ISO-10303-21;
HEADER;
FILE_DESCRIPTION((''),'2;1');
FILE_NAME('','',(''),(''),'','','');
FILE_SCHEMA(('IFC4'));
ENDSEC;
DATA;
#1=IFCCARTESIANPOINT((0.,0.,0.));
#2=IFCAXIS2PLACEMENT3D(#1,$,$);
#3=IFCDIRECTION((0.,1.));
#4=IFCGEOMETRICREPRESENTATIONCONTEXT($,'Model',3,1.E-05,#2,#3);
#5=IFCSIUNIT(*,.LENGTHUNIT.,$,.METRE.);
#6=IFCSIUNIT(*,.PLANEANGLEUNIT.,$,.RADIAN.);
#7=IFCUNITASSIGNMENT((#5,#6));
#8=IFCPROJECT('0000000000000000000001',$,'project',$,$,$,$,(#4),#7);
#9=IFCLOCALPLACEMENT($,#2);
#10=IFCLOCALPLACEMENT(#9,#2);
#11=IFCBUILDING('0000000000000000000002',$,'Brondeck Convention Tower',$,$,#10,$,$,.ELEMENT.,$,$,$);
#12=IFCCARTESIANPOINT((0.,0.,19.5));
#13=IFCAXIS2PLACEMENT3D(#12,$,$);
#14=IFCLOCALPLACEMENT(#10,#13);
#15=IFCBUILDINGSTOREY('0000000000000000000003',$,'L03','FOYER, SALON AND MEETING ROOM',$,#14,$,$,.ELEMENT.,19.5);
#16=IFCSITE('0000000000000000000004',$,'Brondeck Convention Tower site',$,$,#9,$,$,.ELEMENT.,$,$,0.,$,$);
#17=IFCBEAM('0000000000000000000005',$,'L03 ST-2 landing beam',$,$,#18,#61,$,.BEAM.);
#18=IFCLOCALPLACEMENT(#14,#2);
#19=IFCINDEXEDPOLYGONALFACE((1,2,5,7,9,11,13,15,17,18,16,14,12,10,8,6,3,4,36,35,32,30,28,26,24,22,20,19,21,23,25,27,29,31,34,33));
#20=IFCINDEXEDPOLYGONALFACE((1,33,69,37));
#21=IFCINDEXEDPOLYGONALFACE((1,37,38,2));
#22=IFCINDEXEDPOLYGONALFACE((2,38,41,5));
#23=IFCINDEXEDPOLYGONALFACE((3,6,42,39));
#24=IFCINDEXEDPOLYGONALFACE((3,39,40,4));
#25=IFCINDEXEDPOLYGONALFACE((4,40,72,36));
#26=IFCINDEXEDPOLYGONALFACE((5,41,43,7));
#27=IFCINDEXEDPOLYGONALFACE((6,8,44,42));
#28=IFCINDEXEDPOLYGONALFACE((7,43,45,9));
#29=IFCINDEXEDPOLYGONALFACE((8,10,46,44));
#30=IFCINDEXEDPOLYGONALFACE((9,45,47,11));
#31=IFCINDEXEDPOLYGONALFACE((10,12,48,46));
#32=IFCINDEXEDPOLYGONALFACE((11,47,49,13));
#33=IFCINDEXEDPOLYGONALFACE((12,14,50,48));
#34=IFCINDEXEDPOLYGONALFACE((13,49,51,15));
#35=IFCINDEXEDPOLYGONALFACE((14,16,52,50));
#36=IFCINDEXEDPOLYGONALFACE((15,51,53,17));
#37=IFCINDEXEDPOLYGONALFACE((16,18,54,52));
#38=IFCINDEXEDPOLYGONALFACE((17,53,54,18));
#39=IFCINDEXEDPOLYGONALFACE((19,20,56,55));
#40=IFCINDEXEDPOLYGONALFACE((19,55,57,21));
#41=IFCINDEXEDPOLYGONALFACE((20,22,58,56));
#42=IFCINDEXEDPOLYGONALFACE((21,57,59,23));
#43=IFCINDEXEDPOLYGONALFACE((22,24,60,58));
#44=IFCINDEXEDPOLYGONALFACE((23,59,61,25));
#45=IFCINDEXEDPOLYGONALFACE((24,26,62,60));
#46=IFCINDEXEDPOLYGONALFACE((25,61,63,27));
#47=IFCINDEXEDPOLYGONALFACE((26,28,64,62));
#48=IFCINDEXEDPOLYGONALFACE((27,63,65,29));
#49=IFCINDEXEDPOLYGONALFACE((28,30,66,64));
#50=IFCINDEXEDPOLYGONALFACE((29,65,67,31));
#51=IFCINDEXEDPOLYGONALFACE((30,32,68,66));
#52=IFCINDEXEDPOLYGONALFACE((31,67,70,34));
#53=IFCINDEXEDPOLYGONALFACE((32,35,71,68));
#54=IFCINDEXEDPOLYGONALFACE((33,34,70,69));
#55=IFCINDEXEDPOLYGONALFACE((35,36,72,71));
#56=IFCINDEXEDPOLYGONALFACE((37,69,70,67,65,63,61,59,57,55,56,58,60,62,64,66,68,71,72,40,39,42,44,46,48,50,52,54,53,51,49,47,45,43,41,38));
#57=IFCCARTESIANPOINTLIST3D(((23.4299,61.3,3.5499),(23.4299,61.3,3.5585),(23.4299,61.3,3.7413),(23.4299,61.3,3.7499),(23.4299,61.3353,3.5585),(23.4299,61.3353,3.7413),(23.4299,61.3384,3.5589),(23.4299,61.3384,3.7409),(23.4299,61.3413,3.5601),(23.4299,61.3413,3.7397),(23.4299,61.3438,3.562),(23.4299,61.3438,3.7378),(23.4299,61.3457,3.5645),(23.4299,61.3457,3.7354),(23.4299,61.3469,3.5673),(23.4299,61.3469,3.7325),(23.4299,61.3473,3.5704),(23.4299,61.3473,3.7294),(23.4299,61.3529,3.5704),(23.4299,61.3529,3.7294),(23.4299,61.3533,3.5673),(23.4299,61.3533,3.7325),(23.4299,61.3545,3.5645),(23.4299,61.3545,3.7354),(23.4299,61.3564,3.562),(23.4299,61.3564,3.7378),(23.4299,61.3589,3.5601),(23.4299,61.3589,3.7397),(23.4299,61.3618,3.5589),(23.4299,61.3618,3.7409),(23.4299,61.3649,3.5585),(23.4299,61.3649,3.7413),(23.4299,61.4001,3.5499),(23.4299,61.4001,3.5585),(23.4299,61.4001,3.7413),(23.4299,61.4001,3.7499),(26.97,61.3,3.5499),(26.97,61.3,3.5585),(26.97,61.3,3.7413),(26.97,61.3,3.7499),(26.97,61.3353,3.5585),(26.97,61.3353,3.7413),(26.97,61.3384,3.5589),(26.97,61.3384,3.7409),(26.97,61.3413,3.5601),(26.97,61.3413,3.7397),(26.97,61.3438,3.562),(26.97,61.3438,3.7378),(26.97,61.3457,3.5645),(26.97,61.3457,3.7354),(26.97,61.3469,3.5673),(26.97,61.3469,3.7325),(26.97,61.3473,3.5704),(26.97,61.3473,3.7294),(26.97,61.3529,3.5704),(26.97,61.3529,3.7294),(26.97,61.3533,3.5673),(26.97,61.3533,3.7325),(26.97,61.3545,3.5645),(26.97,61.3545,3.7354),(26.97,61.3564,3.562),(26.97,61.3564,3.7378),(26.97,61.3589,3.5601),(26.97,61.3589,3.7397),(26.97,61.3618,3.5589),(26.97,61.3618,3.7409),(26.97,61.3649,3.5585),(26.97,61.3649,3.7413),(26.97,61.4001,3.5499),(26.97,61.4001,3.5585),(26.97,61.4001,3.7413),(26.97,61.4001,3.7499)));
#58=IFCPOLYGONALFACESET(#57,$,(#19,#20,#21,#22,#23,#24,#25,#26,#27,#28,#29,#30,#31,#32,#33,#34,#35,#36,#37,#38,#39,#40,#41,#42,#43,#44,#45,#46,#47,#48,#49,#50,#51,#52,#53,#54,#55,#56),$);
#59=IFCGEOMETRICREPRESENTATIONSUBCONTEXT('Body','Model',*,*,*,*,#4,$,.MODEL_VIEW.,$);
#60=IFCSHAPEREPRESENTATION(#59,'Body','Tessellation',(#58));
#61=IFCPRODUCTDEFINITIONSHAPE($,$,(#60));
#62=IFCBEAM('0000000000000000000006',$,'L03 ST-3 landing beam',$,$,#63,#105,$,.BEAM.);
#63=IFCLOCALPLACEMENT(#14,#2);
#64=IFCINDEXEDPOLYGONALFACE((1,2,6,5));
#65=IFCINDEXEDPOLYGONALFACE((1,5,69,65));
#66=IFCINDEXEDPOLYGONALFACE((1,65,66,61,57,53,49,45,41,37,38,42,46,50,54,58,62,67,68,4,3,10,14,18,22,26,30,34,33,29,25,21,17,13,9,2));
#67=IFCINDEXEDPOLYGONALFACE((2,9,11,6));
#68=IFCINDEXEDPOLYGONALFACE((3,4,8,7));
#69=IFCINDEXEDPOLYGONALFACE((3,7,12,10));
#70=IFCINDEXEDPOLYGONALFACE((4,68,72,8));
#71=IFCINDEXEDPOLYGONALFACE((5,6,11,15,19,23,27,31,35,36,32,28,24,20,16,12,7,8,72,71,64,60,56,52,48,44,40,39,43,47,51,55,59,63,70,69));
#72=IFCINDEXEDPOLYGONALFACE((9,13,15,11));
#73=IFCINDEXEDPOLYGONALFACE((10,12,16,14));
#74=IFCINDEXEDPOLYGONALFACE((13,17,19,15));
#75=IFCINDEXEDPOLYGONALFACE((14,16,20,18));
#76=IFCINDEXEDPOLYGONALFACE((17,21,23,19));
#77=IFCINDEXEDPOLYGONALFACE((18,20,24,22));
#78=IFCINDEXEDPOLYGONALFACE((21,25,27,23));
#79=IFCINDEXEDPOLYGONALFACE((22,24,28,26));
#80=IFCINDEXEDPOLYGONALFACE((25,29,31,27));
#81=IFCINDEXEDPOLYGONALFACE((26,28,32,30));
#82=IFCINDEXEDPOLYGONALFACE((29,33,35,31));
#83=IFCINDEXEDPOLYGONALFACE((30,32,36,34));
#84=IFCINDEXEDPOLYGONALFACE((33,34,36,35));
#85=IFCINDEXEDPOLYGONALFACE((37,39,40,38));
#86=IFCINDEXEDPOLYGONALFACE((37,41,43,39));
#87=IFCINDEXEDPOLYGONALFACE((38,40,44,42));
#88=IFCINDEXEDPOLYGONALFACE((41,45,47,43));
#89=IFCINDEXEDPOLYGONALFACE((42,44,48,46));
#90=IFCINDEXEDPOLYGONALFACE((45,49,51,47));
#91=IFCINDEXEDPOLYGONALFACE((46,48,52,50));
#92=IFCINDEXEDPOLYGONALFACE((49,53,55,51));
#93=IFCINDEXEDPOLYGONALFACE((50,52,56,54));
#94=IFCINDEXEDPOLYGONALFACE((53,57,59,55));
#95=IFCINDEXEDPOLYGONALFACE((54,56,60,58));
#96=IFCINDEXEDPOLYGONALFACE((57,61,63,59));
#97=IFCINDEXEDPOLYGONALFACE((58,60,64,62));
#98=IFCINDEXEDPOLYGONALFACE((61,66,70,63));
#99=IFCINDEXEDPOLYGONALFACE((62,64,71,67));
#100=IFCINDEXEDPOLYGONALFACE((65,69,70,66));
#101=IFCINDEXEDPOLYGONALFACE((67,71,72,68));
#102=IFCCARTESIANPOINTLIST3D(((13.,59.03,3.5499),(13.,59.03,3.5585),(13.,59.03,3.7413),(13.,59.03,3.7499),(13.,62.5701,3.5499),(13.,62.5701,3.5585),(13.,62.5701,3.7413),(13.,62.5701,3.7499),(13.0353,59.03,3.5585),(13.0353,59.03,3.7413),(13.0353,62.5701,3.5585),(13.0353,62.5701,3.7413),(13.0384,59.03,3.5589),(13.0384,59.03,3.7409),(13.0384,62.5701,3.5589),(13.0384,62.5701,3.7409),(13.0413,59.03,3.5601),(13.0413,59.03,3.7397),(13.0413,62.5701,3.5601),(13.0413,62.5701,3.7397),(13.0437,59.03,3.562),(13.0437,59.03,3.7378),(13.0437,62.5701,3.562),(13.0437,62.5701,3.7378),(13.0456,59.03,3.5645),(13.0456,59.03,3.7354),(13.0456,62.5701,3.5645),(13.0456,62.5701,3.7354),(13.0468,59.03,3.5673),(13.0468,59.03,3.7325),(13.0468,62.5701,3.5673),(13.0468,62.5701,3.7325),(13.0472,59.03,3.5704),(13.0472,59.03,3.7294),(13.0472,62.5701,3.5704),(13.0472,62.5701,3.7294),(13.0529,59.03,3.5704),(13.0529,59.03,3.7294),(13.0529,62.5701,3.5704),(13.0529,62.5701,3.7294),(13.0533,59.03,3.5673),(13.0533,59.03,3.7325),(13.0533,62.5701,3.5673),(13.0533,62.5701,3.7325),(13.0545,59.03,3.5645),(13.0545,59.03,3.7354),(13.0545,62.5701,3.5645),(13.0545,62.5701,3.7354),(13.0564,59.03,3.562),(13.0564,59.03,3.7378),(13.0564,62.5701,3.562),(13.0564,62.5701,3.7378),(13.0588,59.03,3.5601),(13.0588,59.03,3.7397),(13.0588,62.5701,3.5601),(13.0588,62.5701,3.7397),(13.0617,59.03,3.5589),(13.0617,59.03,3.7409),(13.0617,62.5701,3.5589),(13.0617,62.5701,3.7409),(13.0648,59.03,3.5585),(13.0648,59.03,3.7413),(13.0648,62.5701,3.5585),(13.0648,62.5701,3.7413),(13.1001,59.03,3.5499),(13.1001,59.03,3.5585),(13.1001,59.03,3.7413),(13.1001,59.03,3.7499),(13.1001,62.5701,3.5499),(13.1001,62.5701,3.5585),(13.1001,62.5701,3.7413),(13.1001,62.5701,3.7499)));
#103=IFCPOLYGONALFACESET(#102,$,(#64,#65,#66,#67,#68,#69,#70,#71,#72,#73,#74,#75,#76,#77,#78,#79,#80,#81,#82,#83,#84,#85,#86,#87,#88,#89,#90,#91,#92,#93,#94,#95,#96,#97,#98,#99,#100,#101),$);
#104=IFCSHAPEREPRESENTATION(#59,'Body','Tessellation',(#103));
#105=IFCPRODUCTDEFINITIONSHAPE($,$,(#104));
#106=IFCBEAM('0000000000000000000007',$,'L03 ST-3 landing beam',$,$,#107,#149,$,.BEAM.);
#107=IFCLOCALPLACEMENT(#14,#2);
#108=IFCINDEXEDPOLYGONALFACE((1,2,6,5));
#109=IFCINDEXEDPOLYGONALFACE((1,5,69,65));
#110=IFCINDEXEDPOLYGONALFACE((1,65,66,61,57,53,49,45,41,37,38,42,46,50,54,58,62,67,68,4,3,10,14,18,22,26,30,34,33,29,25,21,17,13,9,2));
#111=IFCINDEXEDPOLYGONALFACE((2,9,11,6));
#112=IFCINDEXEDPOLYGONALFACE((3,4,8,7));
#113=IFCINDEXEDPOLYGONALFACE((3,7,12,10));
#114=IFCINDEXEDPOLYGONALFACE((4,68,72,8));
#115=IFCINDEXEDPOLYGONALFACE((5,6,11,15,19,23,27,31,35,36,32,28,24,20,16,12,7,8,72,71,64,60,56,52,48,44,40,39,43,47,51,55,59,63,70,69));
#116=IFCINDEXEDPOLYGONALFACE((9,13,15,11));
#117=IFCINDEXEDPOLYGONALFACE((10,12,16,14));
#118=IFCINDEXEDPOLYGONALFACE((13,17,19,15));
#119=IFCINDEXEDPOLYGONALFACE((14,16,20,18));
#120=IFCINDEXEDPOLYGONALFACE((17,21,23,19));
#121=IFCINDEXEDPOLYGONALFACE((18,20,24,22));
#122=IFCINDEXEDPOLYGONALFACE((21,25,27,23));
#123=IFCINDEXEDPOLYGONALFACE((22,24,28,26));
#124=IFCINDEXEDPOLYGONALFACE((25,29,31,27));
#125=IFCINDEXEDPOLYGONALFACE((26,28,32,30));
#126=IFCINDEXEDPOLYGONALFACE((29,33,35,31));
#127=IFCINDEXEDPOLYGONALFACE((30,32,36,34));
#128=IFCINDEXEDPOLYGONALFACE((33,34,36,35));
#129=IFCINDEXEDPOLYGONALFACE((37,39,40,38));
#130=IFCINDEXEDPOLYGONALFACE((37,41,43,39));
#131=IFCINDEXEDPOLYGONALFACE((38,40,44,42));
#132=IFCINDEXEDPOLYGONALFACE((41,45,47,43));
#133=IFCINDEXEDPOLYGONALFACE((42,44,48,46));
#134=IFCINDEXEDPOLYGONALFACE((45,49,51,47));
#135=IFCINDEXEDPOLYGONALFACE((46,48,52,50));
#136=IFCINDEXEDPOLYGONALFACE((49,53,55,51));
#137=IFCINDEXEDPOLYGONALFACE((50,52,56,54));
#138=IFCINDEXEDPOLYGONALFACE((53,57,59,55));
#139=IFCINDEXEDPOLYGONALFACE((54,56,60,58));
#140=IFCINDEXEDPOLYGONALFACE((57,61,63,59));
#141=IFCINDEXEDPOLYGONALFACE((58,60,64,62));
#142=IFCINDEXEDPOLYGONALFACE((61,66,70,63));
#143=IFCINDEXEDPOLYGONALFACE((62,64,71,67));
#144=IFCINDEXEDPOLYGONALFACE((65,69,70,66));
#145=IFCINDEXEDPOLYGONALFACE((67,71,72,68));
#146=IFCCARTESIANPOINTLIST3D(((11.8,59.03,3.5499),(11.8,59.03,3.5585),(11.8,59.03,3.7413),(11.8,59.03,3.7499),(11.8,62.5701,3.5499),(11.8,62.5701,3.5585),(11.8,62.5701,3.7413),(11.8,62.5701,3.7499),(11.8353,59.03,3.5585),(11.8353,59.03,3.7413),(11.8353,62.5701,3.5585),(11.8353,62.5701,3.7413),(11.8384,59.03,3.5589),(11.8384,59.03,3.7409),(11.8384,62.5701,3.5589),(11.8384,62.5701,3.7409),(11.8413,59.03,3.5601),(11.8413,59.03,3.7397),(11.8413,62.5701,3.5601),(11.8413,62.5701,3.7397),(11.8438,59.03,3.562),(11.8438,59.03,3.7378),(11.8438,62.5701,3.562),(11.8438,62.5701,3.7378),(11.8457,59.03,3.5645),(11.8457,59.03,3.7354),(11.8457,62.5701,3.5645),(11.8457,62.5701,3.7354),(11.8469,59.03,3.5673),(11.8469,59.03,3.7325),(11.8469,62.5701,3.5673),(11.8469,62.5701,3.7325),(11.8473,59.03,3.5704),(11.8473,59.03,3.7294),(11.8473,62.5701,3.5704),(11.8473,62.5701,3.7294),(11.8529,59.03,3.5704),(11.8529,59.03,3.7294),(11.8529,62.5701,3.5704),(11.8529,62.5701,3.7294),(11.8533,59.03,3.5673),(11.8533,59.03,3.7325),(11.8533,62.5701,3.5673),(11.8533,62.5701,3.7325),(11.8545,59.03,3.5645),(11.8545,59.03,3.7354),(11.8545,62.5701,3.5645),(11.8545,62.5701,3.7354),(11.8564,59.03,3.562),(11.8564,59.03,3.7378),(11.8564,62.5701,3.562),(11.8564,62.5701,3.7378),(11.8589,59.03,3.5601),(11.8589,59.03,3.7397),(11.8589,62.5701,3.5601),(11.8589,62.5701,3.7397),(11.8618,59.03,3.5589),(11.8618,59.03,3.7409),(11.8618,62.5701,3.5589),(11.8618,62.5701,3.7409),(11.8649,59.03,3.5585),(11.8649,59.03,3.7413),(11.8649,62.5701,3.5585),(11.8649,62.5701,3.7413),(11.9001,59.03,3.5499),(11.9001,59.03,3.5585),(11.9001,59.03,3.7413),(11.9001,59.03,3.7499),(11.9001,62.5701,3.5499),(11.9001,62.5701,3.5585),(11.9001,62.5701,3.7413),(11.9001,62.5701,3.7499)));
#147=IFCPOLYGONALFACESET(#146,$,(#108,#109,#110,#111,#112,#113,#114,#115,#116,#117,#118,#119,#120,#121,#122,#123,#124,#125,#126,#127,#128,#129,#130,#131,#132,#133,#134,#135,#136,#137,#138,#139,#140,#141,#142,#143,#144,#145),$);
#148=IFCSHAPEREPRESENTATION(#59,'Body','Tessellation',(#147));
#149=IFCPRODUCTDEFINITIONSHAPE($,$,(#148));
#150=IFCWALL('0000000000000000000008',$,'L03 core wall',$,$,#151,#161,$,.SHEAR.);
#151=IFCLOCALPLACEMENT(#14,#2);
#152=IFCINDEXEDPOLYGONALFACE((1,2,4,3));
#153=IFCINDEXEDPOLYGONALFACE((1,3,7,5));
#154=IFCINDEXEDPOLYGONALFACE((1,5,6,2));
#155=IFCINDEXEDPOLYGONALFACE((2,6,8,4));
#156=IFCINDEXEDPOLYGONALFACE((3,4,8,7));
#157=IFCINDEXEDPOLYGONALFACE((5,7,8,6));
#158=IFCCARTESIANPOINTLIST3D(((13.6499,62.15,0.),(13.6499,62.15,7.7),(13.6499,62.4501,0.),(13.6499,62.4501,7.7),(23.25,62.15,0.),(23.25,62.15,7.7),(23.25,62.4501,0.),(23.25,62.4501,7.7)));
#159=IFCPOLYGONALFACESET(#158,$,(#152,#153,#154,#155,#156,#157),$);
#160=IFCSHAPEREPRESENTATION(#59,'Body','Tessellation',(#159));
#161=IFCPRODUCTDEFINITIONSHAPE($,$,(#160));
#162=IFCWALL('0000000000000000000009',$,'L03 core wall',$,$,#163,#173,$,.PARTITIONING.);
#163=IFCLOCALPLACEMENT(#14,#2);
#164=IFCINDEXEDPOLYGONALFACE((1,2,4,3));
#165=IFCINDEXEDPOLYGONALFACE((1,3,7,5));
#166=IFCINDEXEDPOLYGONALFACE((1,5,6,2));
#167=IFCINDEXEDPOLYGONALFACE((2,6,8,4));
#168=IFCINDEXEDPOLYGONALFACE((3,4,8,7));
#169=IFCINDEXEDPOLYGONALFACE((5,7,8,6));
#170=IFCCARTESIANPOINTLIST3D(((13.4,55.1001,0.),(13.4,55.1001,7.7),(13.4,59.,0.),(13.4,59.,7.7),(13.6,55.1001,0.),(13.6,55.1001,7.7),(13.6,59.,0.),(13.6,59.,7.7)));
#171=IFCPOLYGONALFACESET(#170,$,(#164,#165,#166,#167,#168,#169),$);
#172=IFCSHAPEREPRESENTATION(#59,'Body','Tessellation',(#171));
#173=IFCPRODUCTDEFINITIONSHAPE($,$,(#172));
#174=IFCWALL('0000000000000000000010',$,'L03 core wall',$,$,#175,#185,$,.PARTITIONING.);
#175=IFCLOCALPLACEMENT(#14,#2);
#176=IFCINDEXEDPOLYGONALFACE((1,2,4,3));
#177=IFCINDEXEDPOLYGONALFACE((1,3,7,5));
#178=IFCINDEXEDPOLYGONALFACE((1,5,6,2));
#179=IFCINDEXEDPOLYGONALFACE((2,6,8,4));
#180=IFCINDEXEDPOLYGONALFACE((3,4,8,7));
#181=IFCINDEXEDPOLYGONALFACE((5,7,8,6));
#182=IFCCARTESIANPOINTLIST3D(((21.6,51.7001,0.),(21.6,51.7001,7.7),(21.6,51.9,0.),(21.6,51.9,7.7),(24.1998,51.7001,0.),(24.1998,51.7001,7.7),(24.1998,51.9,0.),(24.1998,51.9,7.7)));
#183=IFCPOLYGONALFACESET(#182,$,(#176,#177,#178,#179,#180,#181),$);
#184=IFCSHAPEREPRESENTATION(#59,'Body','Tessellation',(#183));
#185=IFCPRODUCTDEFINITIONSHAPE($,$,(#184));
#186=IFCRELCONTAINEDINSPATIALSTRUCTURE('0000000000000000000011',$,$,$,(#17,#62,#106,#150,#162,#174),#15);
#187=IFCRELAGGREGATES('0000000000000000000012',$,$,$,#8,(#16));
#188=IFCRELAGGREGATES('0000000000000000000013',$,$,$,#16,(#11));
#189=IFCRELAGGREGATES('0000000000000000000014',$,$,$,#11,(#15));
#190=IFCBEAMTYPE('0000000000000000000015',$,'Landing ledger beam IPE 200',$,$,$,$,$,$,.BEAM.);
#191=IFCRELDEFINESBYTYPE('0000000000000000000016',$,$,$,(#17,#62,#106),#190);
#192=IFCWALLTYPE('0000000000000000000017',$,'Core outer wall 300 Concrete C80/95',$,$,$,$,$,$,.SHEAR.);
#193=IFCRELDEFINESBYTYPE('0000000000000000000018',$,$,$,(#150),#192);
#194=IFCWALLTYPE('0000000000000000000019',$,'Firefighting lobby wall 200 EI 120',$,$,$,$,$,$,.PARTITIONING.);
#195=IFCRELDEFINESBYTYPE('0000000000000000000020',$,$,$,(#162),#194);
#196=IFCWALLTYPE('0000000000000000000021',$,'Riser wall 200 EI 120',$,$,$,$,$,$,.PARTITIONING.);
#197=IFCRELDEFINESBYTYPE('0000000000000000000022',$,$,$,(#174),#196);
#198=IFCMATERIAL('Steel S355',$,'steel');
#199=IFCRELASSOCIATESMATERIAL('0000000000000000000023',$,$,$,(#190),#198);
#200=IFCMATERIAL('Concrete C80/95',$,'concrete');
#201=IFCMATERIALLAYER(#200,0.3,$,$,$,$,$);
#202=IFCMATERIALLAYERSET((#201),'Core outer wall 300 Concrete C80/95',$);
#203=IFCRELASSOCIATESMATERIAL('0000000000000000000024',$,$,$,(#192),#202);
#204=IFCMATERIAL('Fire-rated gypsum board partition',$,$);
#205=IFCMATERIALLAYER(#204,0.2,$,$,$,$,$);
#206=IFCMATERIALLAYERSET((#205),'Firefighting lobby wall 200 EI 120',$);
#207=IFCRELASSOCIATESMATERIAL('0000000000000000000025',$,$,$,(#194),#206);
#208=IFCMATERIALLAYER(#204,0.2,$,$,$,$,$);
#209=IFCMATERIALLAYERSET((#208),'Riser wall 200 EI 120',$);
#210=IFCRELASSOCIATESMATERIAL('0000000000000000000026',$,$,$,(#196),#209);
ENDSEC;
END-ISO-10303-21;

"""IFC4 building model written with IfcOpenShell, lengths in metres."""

from ifc_helpers import new_model, si_unit, direction, frame, frame_2d, origin, origin_2d, place, context, subcontext, project, spatial, rectangle, i_section, extrude, material, layer, layer_set, material_profile, profile_set, type_object, element, save


model = new_model("IFC4")

# Units and contexts
model_context = context("Model", 3, precision=1e-05, world=origin(), true_north=direction((0.0, 1.0)))
body_context = subcontext(model_context, "Body", "Model", "MODEL_VIEW")
ifc_project = project(units=[si_unit("LENGTHUNIT", "METRE"), si_unit("PLANEANGLEUNIT", "RADIAN")], contexts=[model_context])

# Site, building, storey
site_placement = place(None, origin())
site = spatial("IfcSite", under=ifc_project, at=site_placement, Name="Brondeck Convention Tower site", CompositionType="ELEMENT", RefElevation=0.0)
building_placement = place(site_placement, origin())
building = spatial("IfcBuilding", under=site, at=building_placement, Name="Brondeck Convention Tower", CompositionType="ELEMENT")
storey_placement = place(building_placement, frame((0.0, 0.0, 19.5)))
storey = spatial("IfcBuildingStorey", under=building, at=storey_placement, Name="L03", Description="FOYER, SALON AND MEETING ROOM", CompositionType="ELEMENT", Elevation=19.5)

# Shared definitions
ifc_material_1 = material(Name="Concrete C80/95", Category="concrete")

# Beams
ifc_material_2 = material(Name="Steel S355", Category="steel")
ifc_material_profile_1 = material_profile(ifc_material_2, i_section(OverallWidth=0.1001, OverallDepth=0.2, WebThickness=0.0056, FlangeThickness=0.0085, FilletRadius=0.012, at=origin_2d()), Name="IPE200")
ifc_profile_set_1 = profile_set([ifc_material_profile_1], Name="Steel S355")
beam_type_1 = type_object("IfcBeamType", Name="Landing ledger beam IPE 200", PredefinedType="BEAM", material=ifc_profile_set_1)
for number, where, z_axis, x_axis, name in (
    (1, (23.4299, 61.3501, 3.6499), (1.0, 0.0, 0.0), (0.0, 1.0, 0.0), "L03 ST-2 landing beam"),
    (2, (13.05, 62.5701, 3.6499), (0.0, -1.0, 0.0), (1.0, 0.0, 0.0), "L03 ST-3 landing beam"),
    (3, (11.8501, 62.5701, 3.6499), (0.0, -1.0, 0.0), (1.0, 0.0, 0.0), "L03 ST-3 landing beam"),
):
    element("IfcBeam", number, at=place(storey_placement, frame(where, z_axis=z_axis, x_axis=x_axis)), inside=storey, type_object=beam_type_1, Name=name, PredefinedType="BEAM", context=body_context, shape_type="SweptSolid", body=[
        extrude(i_section(OverallWidth=0.1001, OverallDepth=0.2, WebThickness=0.0056, FlangeThickness=0.0085, FilletRadius=0.012, at=origin_2d()), origin(), (0.0, 0.0, 1.0), 3.54),
    ])

# Walls
ifc_layer_1 = layer(ifc_material_1, 0.3)
ifc_layer_set_1 = layer_set([ifc_layer_1], Name="Core outer wall 300 Concrete C80/95")
wall_type_1 = type_object("IfcWallType", Name="Core outer wall 300 Concrete C80/95", PredefinedType="SHEAR", material=ifc_layer_set_1)
wall_1_placement = place(storey_placement, frame((13.6499, 62.3, 0.0), z_axis=(0.0, 0.0, 1.0), x_axis=(1.0, 0.0, 0.0)))
element("IfcWall", 4, at=wall_1_placement, inside=storey, type_object=wall_type_1, Name="L03 core wall", PredefinedType="SHEAR", context=body_context, shape_type="SweptSolid", body=[
    extrude(rectangle(XDim=9.6001, YDim=0.3, at=frame_2d((4.8, 0.0))), origin(), (0.0, 0.0, 1.0), 7.7),
])
ifc_material_3 = material(Name="Fire-rated gypsum board partition")
ifc_layer_2 = layer(ifc_material_3, 0.2)
ifc_layer_set_2 = layer_set([ifc_layer_2], Name="Firefighting lobby wall 200 EI 120")
wall_type_2 = type_object("IfcWallType", Name="Firefighting lobby wall 200 EI 120", PredefinedType="PARTITIONING", material=ifc_layer_set_2)
wall_2_placement = place(storey_placement, frame((13.5, 55.1001, 0.0), z_axis=(0.0, 0.0, 1.0), x_axis=(0.0, 1.0, 0.0)))
element("IfcWall", 5, at=wall_2_placement, inside=storey, type_object=wall_type_2, Name="L03 core wall", PredefinedType="PARTITIONING", context=body_context, shape_type="SweptSolid", body=[
    extrude(rectangle(XDim=3.8999, YDim=0.2, at=frame_2d((1.95, 0.0))), origin(), (0.0, 0.0, 1.0), 7.7),
])
ifc_layer_3 = layer(ifc_material_3, 0.2)
ifc_layer_set_3 = layer_set([ifc_layer_3], Name="Riser wall 200 EI 120")
wall_type_3 = type_object("IfcWallType", Name="Riser wall 200 EI 120", PredefinedType="PARTITIONING", material=ifc_layer_set_3)
wall_3_placement = place(storey_placement, frame((21.6001, 51.8, 0.0), z_axis=(0.0, 0.0, 1.0), x_axis=(1.0, 0.0, 0.0)))
element("IfcWall", 6, at=wall_3_placement, inside=storey, type_object=wall_type_3, Name="L03 core wall", PredefinedType="PARTITIONING", context=body_context, shape_type="SweptSolid", body=[
    extrude(rectangle(XDim=2.5999, YDim=0.2, at=frame_2d((1.2998, 0.0))), origin(), (0.0, 0.0, 1.0), 7.7),
])

save(model, "model.ifc")
